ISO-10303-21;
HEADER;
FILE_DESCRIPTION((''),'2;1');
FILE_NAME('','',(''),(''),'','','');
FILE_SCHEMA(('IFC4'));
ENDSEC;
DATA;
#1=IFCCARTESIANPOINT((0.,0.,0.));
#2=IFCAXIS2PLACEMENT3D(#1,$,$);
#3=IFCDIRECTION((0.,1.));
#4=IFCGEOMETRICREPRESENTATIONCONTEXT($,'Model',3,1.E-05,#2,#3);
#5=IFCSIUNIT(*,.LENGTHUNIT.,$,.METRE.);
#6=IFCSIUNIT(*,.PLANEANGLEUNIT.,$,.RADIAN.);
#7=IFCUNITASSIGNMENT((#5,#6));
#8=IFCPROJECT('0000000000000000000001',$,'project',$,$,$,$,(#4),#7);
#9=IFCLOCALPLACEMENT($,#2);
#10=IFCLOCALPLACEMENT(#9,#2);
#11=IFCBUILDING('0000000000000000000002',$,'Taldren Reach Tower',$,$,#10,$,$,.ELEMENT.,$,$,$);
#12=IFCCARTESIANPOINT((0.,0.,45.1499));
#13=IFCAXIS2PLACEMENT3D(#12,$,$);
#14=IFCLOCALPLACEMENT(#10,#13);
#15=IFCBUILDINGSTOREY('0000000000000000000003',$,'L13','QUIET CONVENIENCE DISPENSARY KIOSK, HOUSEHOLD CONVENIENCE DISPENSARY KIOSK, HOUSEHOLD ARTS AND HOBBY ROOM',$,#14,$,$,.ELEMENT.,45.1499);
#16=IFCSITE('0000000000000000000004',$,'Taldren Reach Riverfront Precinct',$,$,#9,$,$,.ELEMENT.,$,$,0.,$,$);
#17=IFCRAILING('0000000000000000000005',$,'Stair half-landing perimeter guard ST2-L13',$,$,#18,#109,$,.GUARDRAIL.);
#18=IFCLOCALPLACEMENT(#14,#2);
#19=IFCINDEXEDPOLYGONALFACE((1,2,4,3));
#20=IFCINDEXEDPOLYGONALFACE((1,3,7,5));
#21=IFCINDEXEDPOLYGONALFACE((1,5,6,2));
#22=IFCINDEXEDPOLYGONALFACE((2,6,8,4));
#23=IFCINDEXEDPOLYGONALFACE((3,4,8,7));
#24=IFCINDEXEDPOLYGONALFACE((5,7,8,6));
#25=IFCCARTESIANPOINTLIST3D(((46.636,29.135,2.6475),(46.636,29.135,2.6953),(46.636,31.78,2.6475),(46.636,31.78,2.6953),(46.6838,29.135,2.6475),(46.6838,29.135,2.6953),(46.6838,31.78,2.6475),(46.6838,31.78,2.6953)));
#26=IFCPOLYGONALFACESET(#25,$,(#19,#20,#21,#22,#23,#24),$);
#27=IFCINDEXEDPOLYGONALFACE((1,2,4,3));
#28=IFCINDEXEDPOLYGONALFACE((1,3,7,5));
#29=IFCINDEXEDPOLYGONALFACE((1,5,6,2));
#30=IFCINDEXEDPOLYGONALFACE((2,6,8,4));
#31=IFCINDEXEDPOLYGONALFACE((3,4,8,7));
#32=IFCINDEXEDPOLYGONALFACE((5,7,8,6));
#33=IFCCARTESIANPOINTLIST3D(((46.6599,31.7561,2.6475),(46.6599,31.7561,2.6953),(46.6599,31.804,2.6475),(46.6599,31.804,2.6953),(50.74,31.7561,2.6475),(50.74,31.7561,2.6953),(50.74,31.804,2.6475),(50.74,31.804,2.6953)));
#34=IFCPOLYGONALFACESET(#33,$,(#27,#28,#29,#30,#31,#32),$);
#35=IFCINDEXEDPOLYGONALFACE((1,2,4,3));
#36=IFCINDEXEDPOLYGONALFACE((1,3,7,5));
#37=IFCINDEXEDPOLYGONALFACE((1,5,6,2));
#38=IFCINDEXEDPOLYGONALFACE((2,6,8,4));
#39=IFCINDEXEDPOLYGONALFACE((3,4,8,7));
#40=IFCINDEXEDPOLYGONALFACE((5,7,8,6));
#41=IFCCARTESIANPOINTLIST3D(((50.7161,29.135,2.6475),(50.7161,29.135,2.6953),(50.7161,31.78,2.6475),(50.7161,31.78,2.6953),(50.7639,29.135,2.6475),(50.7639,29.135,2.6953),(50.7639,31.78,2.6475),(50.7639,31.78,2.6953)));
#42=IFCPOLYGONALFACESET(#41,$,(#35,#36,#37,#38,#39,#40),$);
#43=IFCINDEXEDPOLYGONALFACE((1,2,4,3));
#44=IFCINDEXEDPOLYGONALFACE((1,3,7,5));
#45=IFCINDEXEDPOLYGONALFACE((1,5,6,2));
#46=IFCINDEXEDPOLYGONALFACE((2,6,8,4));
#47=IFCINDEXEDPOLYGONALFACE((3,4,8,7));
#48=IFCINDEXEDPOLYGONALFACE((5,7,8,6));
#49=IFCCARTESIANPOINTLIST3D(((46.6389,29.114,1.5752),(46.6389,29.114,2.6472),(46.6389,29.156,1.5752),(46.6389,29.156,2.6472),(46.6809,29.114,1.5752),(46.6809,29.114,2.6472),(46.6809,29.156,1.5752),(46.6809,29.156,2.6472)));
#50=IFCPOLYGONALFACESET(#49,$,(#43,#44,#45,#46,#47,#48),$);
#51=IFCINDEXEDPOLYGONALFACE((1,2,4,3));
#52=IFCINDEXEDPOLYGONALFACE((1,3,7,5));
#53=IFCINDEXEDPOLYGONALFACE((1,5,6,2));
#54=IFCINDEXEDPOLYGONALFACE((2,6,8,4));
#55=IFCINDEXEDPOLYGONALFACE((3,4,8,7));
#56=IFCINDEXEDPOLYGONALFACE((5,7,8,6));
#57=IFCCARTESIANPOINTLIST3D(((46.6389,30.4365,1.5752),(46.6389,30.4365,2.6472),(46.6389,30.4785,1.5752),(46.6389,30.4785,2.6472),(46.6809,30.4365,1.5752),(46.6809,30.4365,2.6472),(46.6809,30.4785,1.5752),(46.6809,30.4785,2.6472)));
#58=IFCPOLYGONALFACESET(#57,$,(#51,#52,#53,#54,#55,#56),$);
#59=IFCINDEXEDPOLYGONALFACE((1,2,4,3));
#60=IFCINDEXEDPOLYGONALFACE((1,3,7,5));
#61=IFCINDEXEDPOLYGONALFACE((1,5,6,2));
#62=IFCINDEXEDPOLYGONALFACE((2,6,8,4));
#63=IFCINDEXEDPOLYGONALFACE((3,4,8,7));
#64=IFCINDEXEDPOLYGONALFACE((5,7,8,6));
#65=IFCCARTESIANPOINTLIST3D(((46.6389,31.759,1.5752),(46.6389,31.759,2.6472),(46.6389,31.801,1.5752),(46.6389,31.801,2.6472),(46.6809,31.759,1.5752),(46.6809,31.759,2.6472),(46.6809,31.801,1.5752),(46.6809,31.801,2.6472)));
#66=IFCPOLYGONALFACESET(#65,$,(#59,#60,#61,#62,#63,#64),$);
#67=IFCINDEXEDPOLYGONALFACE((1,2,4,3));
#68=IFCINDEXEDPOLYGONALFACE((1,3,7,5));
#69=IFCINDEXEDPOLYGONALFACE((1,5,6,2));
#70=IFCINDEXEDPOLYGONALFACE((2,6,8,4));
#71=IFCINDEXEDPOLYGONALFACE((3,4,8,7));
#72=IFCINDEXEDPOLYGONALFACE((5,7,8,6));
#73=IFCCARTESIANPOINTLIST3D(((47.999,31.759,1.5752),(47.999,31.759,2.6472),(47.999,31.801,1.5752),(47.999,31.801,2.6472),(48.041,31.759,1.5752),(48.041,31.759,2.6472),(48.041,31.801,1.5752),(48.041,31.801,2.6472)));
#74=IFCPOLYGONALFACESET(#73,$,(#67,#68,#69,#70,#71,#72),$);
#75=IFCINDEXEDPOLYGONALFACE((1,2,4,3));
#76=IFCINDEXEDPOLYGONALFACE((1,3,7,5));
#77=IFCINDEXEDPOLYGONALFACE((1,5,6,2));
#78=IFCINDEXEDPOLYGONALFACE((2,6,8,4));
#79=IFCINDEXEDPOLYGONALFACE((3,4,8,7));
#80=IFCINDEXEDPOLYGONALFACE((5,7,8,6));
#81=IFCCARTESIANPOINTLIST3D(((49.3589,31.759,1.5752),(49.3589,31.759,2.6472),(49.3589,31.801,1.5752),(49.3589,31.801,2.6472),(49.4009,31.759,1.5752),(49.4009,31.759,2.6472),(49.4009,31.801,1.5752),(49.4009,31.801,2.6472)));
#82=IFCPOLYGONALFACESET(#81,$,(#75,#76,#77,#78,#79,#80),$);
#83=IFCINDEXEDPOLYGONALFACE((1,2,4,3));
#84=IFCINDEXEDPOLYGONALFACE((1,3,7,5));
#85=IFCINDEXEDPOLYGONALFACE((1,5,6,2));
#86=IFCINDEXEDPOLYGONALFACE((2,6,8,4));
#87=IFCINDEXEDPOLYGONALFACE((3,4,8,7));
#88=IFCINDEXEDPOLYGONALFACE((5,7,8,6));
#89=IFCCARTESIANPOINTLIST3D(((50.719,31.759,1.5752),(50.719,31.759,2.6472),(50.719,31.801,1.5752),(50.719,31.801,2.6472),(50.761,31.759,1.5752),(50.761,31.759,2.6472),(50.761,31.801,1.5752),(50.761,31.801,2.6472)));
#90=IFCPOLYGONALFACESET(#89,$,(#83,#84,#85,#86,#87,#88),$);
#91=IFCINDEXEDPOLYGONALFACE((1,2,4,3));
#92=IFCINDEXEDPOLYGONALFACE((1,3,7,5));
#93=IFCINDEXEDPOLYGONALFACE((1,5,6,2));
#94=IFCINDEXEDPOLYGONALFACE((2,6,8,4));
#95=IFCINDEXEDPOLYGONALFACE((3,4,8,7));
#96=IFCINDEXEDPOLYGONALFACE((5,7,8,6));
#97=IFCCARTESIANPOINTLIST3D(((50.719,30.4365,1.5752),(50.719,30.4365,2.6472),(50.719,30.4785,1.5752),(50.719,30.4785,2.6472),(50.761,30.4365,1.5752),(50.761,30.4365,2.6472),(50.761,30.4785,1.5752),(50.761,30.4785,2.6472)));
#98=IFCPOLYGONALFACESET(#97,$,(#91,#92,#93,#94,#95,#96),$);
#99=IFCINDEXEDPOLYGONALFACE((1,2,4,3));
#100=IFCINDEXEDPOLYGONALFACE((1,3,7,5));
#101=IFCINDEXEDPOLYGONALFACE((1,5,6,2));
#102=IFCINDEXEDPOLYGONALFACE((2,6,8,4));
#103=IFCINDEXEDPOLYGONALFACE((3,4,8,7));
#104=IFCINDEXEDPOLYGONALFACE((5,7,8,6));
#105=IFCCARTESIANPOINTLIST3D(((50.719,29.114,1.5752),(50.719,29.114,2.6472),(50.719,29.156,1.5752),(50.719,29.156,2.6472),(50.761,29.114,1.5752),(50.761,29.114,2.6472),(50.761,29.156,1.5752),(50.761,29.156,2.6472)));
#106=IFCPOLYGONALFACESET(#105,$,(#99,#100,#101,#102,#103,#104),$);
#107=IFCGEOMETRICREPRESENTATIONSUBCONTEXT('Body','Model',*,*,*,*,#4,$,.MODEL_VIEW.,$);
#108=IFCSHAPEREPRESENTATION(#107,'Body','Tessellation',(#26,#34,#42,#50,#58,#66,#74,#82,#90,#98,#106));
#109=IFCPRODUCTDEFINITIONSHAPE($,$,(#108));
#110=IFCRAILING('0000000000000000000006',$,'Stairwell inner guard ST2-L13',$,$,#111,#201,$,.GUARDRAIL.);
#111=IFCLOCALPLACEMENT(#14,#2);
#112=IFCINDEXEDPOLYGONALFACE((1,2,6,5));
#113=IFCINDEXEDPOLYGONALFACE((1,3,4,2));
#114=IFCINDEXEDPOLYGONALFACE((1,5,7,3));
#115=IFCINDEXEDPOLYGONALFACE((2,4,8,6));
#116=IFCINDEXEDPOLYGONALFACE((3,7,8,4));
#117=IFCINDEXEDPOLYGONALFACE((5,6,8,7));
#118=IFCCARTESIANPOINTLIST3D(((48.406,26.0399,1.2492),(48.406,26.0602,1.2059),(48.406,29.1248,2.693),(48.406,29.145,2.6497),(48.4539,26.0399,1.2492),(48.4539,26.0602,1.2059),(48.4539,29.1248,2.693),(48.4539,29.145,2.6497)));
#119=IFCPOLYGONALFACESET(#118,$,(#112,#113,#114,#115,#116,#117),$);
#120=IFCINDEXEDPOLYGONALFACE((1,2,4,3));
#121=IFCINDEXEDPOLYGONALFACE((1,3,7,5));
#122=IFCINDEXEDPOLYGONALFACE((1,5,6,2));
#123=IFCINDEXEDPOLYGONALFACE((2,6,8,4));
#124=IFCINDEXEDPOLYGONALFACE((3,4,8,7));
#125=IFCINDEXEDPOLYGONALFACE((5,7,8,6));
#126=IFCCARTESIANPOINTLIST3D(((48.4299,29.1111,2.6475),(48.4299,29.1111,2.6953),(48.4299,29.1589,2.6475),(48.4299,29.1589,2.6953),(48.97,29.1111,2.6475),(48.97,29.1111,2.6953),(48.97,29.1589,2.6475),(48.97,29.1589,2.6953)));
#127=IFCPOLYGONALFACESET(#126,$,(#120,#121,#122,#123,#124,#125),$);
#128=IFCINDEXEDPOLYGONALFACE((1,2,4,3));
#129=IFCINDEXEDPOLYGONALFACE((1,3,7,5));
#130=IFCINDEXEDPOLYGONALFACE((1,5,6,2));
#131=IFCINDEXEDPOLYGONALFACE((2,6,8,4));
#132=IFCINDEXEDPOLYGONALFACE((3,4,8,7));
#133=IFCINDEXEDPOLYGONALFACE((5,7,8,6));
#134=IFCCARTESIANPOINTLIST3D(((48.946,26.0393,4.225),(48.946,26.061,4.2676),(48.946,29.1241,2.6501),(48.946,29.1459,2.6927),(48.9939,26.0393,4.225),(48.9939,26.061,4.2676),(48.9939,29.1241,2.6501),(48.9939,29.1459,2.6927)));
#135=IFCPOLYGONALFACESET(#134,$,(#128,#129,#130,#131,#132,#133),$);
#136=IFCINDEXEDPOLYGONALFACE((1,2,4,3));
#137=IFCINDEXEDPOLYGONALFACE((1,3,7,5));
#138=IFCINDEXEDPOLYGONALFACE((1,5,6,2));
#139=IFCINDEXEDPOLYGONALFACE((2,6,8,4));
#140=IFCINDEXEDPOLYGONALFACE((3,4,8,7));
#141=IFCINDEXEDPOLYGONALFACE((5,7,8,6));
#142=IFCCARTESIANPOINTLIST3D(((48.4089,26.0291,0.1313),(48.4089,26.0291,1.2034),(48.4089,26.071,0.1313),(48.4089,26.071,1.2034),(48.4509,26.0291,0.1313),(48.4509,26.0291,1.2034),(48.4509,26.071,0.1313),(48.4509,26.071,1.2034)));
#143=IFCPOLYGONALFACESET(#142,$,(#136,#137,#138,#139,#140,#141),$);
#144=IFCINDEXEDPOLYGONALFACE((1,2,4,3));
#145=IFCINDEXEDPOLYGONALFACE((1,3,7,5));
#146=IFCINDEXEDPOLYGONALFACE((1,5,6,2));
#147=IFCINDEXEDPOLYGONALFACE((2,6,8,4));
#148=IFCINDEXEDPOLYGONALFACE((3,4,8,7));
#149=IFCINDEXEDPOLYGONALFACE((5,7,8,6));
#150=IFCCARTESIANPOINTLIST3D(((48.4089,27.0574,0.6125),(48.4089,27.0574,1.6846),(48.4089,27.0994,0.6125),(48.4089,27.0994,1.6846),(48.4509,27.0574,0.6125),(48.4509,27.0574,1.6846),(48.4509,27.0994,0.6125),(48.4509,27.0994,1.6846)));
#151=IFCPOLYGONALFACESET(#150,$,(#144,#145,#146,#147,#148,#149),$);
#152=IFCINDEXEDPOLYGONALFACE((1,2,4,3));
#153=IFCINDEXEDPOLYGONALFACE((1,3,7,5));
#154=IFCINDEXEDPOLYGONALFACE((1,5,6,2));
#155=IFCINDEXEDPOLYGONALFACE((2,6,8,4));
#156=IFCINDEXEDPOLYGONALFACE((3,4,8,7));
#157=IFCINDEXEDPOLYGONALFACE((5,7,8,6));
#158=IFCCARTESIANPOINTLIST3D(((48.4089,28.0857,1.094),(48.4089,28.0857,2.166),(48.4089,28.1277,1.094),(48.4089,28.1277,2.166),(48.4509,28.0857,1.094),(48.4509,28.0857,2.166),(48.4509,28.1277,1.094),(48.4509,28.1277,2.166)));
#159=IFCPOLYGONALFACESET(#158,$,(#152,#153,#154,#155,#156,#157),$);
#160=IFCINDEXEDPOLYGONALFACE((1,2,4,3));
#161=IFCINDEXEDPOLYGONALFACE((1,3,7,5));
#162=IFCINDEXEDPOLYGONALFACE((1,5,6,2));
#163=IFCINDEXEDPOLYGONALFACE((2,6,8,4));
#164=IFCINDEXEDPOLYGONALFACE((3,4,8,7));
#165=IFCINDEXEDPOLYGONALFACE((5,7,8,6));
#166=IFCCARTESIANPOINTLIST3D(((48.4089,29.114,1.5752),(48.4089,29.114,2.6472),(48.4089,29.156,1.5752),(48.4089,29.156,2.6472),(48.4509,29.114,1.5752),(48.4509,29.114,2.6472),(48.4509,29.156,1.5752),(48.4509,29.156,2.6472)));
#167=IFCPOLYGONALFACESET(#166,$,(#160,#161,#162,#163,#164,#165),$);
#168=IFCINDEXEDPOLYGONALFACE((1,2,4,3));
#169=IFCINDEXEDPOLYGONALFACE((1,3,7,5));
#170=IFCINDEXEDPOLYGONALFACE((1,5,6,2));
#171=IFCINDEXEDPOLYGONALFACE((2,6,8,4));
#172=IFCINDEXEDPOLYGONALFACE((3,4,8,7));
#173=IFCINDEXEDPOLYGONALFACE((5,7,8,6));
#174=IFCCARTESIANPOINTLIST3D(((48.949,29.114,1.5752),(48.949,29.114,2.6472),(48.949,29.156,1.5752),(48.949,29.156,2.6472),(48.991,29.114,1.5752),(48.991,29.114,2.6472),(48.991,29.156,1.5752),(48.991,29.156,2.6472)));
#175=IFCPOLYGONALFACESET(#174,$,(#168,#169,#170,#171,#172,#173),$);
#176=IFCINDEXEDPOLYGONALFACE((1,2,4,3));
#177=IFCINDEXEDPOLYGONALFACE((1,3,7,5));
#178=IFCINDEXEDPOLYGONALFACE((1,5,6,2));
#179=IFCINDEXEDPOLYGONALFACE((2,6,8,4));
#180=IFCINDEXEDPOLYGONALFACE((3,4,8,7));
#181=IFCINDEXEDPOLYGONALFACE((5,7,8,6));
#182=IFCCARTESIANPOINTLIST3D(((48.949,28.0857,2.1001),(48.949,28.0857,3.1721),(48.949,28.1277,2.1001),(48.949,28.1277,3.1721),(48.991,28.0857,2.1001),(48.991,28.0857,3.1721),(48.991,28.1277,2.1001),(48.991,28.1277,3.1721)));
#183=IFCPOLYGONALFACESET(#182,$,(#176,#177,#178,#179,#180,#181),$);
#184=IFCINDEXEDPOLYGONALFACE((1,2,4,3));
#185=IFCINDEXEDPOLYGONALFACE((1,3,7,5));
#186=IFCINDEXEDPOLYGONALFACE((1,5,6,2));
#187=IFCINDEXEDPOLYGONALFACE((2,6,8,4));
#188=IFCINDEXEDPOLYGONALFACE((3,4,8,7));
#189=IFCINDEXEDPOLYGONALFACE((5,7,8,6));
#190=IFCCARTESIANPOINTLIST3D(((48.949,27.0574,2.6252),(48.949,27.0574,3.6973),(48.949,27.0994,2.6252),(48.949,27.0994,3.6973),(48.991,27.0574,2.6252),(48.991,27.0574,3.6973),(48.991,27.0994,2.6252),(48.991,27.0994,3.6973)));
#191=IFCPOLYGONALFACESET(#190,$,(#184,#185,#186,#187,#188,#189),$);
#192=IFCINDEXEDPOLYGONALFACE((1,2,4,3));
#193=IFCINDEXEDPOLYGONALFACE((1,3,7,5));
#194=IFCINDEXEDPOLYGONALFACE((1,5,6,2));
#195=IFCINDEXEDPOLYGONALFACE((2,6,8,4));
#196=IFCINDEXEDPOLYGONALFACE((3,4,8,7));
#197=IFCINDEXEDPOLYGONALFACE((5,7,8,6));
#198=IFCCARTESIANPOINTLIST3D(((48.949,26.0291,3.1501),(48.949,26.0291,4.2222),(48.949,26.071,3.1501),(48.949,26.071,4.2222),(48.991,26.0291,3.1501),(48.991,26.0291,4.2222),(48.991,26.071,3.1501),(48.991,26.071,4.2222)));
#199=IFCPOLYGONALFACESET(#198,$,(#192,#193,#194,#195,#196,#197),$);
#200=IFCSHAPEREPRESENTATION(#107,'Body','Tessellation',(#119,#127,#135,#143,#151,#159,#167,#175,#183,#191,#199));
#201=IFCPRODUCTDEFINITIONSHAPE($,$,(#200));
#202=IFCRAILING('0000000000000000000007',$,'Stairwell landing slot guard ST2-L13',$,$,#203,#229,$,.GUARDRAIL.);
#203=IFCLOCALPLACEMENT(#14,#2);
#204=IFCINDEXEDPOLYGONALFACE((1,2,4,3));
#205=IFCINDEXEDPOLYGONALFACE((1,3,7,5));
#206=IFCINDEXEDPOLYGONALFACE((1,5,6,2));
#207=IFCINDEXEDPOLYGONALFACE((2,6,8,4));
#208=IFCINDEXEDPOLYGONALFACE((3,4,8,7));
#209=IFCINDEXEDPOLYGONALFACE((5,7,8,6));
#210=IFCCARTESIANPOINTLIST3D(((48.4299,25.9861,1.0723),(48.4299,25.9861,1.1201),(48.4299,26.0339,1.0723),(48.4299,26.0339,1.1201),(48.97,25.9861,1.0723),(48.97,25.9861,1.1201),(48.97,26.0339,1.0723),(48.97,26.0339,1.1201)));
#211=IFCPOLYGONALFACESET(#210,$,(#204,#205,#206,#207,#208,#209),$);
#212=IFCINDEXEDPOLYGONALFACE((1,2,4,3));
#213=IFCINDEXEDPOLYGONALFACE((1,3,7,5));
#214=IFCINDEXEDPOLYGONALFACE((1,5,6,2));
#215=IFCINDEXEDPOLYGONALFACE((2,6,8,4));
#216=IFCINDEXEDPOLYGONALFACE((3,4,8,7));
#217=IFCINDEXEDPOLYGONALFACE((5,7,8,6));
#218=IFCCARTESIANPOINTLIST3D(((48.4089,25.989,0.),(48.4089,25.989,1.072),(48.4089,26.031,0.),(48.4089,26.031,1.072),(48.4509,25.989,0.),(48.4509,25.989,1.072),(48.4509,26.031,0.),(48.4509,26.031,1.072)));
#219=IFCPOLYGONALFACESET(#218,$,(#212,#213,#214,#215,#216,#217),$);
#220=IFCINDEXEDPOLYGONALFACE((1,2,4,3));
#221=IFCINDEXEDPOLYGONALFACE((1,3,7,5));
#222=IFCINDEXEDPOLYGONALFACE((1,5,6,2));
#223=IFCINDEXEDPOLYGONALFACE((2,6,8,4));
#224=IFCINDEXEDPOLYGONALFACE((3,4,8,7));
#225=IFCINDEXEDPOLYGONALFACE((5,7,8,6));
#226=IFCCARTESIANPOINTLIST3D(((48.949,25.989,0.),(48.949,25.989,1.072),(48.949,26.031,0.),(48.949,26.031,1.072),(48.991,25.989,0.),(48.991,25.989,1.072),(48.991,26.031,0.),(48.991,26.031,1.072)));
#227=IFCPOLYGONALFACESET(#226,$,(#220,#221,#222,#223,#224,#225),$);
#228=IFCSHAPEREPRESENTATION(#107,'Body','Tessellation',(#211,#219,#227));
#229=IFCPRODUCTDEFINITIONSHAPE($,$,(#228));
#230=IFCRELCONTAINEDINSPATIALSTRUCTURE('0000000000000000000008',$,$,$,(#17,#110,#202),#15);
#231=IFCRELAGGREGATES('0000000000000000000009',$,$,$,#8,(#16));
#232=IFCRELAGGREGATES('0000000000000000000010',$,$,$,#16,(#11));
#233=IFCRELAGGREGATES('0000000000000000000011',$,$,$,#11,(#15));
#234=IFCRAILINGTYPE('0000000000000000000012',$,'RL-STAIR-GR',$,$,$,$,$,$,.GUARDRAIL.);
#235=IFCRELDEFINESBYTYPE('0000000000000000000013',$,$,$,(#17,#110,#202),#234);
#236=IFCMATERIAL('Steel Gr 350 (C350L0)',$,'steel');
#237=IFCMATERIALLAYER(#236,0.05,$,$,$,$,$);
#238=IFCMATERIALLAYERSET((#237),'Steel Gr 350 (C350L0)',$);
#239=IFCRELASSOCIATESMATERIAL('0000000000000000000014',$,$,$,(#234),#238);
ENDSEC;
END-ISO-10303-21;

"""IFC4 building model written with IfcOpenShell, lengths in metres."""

from ifc_helpers import new_model, si_unit, direction, frame, origin, origin_2d, place, context, subcontext, project, spatial, rectangle, extrude, material, layer, layer_set, type_object, element, save


model = new_model("IFC4")

# Units and contexts
model_context = context("Model", 3, precision=1e-05, world=origin(), true_north=direction((0.0, 1.0)))
body_context = subcontext(model_context, "Body", "Model", "MODEL_VIEW")
ifc_project = project(units=[si_unit("LENGTHUNIT", "METRE"), si_unit("PLANEANGLEUNIT", "RADIAN")], contexts=[model_context])

# Site, building, storey
site_placement = place(None, origin())
site = spatial("IfcSite", under=ifc_project, at=site_placement, Name="Taldren Reach Riverfront Precinct", CompositionType="ELEMENT", RefElevation=0.0)
building_placement = place(site_placement, origin())
building = spatial("IfcBuilding", under=site, at=building_placement, Name="Taldren Reach Tower", CompositionType="ELEMENT")
storey_placement = place(building_placement, frame((0.0, 0.0, 45.1499)))
storey = spatial("IfcBuildingStorey", under=building, at=storey_placement, Name="L13", Description="QUIET CONVENIENCE DISPENSARY KIOSK, HOUSEHOLD CONVENIENCE DISPENSARY KIOSK, HOUSEHOLD ARTS AND HOBBY ROOM", CompositionType="ELEMENT", Elevation=45.1499)

# Railings
ifc_material_1 = material(Name="Steel Gr 350 (C350L0)", Category="steel")
ifc_layer_1 = layer(ifc_material_1, 0.05)
ifc_layer_set_1 = layer_set([ifc_layer_1], Name="Steel Gr 350 (C350L0)")
railing_type_1 = type_object("IfcRailingType", Name="RL-STAIR-GR", PredefinedType="GUARDRAIL", material=ifc_layer_set_1)
railing_1_placement = place(storey_placement, frame((46.6599, 29.135, 1.5752)))
element("IfcRailing", 1, at=railing_1_placement, inside=storey, type_object=railing_type_1, Name="Stair half-landing perimeter guard ST2-L13", PredefinedType="GUARDRAIL", context=body_context, shape_type="SweptSolid", body=[
    extrude(rectangle(XDim=0.0479, YDim=0.0479, at=origin_2d()), frame((0.0, 0.0, 1.0962), z_axis=(0.0, 1.0, 0.0), x_axis=(-1.0, 0.0, 0.0)), (0.0, 0.0, 1.0), 2.645),
    extrude(rectangle(XDim=0.0479, YDim=0.0479, at=origin_2d()), frame((0.0, 2.645, 1.0962), z_axis=(1.0, 0.0, 0.0), x_axis=(0.0, 1.0, 0.0)), (0.0, 0.0, 1.0), 4.0801),
    extrude(rectangle(XDim=0.0479, YDim=0.0479, at=origin_2d()), frame((4.0801, 2.645, 1.0962), z_axis=(0.0, -1.0, 0.0), x_axis=(1.0, 0.0, 0.0)), (0.0, 0.0, 1.0), 2.645),
    extrude(rectangle(XDim=0.042, YDim=0.042, at=origin_2d()), origin(), (0.0, 0.0, 1.0), 1.072),
    extrude(rectangle(XDim=0.042, YDim=0.042, at=origin_2d()), frame((0.0, 1.3225, 0.0)), (0.0, 0.0, 1.0), 1.072),
    extrude(rectangle(XDim=0.042, YDim=0.042, at=origin_2d()), frame((0.0, 2.645, 0.0)), (0.0, 0.0, 1.0), 1.072),
    extrude(rectangle(XDim=0.042, YDim=0.042, at=origin_2d()), frame((1.3601, 2.645, 0.0)), (0.0, 0.0, 1.0), 1.072),
    extrude(rectangle(XDim=0.042, YDim=0.042, at=origin_2d()), frame((2.72, 2.645, 0.0)), (0.0, 0.0, 1.0), 1.072),
    extrude(rectangle(XDim=0.042, YDim=0.042, at=origin_2d()), frame((4.0801, 2.645, 0.0)), (0.0, 0.0, 1.0), 1.072),
    extrude(rectangle(XDim=0.042, YDim=0.042, at=origin_2d()), frame((4.0801, 1.3225, 0.0)), (0.0, 0.0, 1.0), 1.072),
    extrude(rectangle(XDim=0.042, YDim=0.042, at=origin_2d()), frame((4.0801, 0.0, 0.0)), (0.0, 0.0, 1.0), 1.072),
])
railing_2_placement = place(storey_placement, frame((48.4299, 26.05, 0.1313)))
element("IfcRailing", 2, at=railing_2_placement, inside=storey, type_object=railing_type_1, Name="Stairwell inner guard ST2-L13", PredefinedType="GUARDRAIL", context=body_context, shape_type="SweptSolid", body=[
    extrude(rectangle(XDim=0.0479, YDim=0.0479, at=origin_2d()), frame((0.0, 0.0, 1.0962), z_axis=(0.0, 0.90571, 0.423898), x_axis=(-1.0, 0.0, 0.0)), (0.0, 0.0, 1.0), 3.406),
    extrude(rectangle(XDim=0.0479, YDim=0.0479, at=origin_2d()), frame((0.0, 3.085, 2.54), z_axis=(1.0, 0.0, 0.0), x_axis=(0.0, 1.0, 0.0)), (0.0, 0.0, 1.0), 0.54),
    extrude(rectangle(XDim=0.0479, YDim=0.0479, at=origin_2d()), frame((0.54, 3.085, 2.54), z_axis=(0.0, -0.890646, 0.454697), x_axis=(1.0, 0.0, 0.0)), (0.0, 0.0, 1.0), 3.4636),
    extrude(rectangle(XDim=0.042, YDim=0.042, at=origin_2d()), origin(), (0.0, 0.0, 1.0), 1.072),
    extrude(rectangle(XDim=0.042, YDim=0.042, at=origin_2d()), frame((0.0, 1.0283, 0.4812)), (0.0, 0.0, 1.0), 1.072),
    extrude(rectangle(XDim=0.042, YDim=0.042, at=origin_2d()), frame((0.0, 2.0566, 0.9626)), (0.0, 0.0, 1.0), 1.072),
    extrude(rectangle(XDim=0.042, YDim=0.042, at=origin_2d()), frame((0.0, 3.085, 1.4438)), (0.0, 0.0, 1.0), 1.072),
    extrude(rectangle(XDim=0.042, YDim=0.042, at=origin_2d()), frame((0.54, 3.085, 1.4438)), (0.0, 0.0, 1.0), 1.072),
    extrude(rectangle(XDim=0.042, YDim=0.042, at=origin_2d()), frame((0.54, 2.0566, 1.9688)), (0.0, 0.0, 1.0), 1.072),
    extrude(rectangle(XDim=0.042, YDim=0.042, at=origin_2d()), frame((0.54, 1.0283, 2.4939)), (0.0, 0.0, 1.0), 1.072),
    extrude(rectangle(XDim=0.042, YDim=0.042, at=origin_2d()), frame((0.54, 0.0, 3.0188)), (0.0, 0.0, 1.0), 1.072),
])
railing_3_placement = place(storey_placement, frame((48.4299, 26.01, 0.0)))
element("IfcRailing", 3, at=railing_3_placement, inside=storey, type_object=railing_type_1, Name="Stairwell landing slot guard ST2-L13", PredefinedType="GUARDRAIL", context=body_context, shape_type="SweptSolid", body=[
    extrude(rectangle(XDim=0.0479, YDim=0.0479, at=origin_2d()), frame((0.0, 0.0, 1.0962), z_axis=(1.0, 0.0, 0.0), x_axis=(0.0, 1.0, 0.0)), (0.0, 0.0, 1.0), 0.54),
    extrude(rectangle(XDim=0.042, YDim=0.042, at=origin_2d()), origin(), (0.0, 0.0, 1.0), 1.072),
    extrude(rectangle(XDim=0.042, YDim=0.042, at=origin_2d()), frame((0.54, 0.0, 0.0)), (0.0, 0.0, 1.0), 1.072),
])

save(model, "model.ifc")
